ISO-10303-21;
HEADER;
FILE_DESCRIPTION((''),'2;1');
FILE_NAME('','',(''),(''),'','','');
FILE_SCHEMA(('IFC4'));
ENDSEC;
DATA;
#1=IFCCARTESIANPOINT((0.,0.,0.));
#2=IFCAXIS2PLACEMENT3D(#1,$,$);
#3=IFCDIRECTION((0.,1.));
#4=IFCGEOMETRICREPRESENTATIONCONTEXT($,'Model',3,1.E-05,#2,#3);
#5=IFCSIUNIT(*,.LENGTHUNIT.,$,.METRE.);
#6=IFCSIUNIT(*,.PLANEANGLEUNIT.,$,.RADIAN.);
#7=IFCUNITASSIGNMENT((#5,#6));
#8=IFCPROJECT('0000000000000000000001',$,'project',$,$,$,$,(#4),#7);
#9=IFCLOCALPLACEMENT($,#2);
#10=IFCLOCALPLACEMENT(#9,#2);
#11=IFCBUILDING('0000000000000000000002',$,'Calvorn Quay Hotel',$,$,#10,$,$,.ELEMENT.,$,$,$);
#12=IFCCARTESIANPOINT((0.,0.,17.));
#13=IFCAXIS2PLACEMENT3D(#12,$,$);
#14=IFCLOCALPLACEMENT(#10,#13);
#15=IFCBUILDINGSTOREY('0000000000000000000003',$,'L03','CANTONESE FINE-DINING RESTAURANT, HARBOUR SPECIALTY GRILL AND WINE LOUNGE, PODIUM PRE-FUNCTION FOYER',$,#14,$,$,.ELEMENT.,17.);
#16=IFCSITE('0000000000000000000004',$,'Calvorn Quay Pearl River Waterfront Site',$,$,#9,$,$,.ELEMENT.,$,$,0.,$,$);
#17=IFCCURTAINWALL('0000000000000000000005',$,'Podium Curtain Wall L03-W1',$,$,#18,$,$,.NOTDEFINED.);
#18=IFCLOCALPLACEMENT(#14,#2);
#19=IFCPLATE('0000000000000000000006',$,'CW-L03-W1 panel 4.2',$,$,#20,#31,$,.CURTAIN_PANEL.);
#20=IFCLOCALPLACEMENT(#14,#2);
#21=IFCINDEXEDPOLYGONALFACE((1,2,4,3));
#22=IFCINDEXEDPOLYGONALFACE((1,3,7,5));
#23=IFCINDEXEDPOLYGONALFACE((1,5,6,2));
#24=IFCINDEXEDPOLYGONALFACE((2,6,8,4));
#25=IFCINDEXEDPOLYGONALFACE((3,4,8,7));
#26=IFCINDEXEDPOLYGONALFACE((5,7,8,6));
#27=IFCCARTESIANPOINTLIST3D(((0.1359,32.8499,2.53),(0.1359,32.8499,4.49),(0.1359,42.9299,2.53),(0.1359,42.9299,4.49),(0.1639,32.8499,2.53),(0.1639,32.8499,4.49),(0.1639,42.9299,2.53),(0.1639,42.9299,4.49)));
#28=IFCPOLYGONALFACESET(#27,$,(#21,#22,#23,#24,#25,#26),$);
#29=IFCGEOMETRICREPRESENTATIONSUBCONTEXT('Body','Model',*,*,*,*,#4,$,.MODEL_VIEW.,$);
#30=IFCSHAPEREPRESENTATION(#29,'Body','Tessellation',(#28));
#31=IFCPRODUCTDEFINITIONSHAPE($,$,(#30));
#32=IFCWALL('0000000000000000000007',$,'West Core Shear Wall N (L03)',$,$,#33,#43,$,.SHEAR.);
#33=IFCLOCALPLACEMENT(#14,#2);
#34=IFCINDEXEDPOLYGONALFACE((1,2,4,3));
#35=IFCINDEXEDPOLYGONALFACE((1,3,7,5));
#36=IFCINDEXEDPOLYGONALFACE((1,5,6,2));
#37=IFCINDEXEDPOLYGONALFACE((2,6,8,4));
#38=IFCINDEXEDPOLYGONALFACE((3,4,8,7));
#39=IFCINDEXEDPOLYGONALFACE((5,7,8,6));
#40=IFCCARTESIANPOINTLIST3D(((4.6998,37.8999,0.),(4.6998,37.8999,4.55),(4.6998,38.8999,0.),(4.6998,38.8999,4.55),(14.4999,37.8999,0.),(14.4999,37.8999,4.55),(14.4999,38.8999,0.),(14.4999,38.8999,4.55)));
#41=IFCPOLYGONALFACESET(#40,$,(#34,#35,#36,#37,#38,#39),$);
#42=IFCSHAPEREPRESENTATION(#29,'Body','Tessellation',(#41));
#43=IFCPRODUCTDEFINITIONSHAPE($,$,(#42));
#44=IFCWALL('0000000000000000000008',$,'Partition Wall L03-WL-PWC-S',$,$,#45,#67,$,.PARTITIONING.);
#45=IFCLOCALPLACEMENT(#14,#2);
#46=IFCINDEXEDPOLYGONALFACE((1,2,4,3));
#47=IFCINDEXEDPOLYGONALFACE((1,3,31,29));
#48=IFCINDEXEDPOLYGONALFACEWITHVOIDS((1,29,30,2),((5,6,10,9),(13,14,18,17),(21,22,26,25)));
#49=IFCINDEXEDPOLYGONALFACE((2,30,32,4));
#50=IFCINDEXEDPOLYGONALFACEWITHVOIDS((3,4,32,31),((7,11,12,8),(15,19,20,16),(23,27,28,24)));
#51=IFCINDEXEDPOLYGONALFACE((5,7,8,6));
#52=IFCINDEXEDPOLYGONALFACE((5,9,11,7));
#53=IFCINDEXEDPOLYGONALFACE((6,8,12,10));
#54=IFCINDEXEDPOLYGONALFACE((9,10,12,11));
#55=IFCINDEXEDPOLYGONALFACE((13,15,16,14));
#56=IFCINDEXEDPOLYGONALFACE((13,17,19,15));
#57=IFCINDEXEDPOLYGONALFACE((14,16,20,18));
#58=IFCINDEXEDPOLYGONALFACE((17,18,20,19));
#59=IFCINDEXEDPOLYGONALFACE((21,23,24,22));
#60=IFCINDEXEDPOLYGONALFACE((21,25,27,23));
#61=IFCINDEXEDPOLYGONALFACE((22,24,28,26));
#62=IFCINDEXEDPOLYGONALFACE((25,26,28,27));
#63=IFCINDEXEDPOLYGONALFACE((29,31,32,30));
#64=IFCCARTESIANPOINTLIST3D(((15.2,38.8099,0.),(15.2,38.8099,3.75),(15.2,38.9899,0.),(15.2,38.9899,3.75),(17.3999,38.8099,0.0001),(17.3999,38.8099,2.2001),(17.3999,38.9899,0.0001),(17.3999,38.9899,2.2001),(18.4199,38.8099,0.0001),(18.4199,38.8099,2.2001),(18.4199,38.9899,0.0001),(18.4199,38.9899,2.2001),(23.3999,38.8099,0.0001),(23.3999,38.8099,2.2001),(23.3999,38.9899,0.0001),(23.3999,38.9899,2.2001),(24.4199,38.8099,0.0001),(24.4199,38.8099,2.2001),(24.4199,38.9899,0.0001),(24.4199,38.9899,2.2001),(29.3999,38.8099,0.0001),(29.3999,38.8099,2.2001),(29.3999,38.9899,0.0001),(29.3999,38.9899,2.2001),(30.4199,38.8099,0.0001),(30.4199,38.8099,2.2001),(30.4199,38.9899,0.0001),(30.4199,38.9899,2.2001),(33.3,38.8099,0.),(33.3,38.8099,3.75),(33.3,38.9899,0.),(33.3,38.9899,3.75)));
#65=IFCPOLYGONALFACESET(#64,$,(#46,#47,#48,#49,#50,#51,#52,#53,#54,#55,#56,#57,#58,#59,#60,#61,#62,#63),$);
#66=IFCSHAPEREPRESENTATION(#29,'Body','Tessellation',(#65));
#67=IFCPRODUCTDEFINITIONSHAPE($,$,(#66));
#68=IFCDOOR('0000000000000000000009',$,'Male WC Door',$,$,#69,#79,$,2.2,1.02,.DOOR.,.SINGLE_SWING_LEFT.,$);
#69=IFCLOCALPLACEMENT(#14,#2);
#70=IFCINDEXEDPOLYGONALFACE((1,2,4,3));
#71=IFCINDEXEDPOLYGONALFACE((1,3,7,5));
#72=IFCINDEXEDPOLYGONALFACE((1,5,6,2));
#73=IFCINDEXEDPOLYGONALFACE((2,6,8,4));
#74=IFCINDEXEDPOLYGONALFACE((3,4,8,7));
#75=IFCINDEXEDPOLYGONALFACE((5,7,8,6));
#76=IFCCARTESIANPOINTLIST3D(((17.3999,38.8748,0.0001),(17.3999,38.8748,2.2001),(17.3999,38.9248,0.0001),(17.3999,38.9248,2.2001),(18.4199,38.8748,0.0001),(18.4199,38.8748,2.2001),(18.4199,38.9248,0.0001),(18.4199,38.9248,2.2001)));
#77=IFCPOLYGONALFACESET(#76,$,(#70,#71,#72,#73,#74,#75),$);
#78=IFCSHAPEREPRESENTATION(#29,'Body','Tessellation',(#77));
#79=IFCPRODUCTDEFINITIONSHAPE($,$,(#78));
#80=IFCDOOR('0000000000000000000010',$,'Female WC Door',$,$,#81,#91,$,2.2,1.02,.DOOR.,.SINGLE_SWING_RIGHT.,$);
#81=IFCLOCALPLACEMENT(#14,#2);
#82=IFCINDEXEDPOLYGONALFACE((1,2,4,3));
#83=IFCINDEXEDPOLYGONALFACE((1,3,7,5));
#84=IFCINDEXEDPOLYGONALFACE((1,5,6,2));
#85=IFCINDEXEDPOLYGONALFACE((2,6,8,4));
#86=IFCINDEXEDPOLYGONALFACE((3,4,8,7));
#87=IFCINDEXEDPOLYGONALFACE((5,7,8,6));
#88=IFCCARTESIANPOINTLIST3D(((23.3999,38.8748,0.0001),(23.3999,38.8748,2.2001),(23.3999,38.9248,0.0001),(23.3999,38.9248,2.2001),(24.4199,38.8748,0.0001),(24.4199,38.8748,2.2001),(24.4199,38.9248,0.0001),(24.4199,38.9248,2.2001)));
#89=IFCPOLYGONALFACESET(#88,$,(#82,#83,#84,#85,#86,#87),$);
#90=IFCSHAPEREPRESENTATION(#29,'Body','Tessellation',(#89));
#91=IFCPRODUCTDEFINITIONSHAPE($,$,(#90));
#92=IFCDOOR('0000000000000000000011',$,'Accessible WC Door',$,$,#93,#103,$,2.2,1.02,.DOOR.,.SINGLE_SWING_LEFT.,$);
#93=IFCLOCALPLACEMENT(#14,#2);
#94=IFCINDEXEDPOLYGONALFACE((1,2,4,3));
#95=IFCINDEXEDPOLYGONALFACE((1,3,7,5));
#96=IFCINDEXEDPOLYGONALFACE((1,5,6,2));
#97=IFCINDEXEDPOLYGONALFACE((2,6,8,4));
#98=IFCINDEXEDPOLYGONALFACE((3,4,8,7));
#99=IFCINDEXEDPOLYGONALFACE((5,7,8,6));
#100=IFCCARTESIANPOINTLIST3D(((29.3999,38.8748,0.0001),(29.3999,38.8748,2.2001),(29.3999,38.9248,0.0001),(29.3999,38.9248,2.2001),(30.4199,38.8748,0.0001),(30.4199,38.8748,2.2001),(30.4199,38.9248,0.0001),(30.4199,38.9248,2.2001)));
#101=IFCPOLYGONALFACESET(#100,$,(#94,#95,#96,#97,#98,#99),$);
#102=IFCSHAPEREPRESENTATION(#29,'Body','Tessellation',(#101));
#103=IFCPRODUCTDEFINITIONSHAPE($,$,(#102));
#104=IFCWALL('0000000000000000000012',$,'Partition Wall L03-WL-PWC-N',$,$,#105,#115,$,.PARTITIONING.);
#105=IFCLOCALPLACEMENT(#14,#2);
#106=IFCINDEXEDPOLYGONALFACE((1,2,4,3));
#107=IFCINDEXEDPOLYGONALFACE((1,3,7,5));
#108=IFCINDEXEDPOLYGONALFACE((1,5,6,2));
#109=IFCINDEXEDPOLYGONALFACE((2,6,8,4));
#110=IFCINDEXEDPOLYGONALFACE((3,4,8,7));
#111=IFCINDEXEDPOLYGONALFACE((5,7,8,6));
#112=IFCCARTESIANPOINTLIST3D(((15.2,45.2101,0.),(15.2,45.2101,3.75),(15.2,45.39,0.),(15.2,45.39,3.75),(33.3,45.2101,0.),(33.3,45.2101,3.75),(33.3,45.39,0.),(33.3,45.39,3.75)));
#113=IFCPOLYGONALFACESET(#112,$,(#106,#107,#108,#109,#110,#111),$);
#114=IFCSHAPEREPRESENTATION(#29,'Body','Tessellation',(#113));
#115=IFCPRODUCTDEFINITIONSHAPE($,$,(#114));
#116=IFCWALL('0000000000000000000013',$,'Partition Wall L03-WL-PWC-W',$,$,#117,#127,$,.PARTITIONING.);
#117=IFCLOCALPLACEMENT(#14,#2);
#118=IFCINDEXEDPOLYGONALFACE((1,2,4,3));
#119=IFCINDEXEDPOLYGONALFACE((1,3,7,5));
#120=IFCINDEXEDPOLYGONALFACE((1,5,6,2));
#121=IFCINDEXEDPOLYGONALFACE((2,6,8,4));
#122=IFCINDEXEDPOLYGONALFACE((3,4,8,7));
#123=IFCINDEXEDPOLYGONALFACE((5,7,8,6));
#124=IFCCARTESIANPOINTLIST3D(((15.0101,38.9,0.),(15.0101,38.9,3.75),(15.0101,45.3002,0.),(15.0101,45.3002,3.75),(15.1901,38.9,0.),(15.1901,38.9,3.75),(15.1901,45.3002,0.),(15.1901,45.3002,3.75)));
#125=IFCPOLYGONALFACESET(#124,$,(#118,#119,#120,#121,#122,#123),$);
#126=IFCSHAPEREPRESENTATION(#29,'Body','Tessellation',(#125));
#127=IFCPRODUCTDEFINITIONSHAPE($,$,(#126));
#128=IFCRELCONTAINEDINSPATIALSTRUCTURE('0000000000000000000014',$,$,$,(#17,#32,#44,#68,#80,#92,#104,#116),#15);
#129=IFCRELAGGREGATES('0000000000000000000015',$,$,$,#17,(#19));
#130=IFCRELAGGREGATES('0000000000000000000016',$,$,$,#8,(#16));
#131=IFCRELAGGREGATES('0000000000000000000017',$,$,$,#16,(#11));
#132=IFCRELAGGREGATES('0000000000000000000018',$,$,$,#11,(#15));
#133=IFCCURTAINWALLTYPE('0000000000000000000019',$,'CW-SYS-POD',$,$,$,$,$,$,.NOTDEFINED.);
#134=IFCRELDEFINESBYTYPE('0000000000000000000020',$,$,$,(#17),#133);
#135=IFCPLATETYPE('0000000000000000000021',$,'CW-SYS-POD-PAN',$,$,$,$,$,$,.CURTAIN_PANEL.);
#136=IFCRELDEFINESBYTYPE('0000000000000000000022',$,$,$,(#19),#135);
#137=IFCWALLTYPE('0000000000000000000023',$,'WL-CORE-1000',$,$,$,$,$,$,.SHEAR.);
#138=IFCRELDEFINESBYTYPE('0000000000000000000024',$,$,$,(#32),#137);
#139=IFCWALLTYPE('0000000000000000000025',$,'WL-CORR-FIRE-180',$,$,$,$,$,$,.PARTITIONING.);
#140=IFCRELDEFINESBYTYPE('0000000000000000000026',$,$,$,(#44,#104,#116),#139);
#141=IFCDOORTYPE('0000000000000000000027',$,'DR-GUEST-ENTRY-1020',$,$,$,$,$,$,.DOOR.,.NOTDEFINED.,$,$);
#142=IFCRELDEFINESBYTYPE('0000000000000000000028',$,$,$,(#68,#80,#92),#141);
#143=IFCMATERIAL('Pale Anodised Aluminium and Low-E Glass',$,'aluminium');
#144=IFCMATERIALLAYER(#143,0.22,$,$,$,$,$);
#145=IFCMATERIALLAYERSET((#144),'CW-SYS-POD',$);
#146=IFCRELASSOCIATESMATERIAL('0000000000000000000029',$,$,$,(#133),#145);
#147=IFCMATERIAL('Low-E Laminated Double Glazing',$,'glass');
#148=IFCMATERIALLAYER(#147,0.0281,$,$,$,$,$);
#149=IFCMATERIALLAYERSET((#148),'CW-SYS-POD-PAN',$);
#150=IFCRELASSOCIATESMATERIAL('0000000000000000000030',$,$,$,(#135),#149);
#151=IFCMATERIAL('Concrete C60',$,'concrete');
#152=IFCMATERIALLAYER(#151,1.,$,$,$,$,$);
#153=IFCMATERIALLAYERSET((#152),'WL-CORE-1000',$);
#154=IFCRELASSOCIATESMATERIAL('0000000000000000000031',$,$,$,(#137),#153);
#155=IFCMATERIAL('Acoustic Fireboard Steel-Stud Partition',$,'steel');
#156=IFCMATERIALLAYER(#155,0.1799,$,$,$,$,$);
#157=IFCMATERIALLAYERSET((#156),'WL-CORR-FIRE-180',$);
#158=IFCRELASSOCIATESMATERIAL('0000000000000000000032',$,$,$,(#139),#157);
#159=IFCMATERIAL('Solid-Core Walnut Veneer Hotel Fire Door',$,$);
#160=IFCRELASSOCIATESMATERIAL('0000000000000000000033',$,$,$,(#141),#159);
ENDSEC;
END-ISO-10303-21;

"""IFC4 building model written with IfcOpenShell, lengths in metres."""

from ifc_helpers import new_model, si_unit, direction, frame, frame_2d, origin, origin_2d, place, context, subcontext, project, spatial, rectangle, extrude, material, layer, layer_set, type_object, element, fill, aggregate, save


model = new_model("IFC4")

# Units and contexts
model_context = context("Model", 3, precision=1e-05, world=origin(), true_north=direction((0.0, 1.0)))
body_context = subcontext(model_context, "Body", "Model", "MODEL_VIEW")
ifc_project = project(units=[si_unit("LENGTHUNIT", "METRE"), si_unit("PLANEANGLEUNIT", "RADIAN")], contexts=[model_context])

# Site, building, storey
site_placement = place(None, origin())
site = spatial("IfcSite", under=ifc_project, at=site_placement, Name="Calvorn Quay Pearl River Waterfront Site", CompositionType="ELEMENT", RefElevation=0.0)
building_placement = place(site_placement, origin())
building = spatial("IfcBuilding", under=site, at=building_placement, Name="Calvorn Quay Hotel", CompositionType="ELEMENT")
storey_placement = place(building_placement, frame((0.0, 0.0, 17.0)))
storey = spatial("IfcBuildingStorey", under=building, at=storey_placement, Name="L03", Description="CANTONESE FINE-DINING RESTAURANT, HARBOUR SPECIALTY GRILL AND WINE LOUNGE, PODIUM PRE-FUNCTION FOYER", CompositionType="ELEMENT", Elevation=17.0)

# Curtain wall, plate
ifc_material_1 = material(Name="Pale Anodised Aluminium and Low-E Glass", Category="aluminium")
ifc_layer_1 = layer(ifc_material_1, 0.22)
ifc_layer_set_1 = layer_set([ifc_layer_1], Name="CW-SYS-POD")
curtain_wall_type = type_object("IfcCurtainWallType", Name="CW-SYS-POD", PredefinedType="NOTDEFINED", material=ifc_layer_set_1)
curtain_wall_placement = place(storey_placement, origin())
curtain_wall = element("IfcCurtainWall", 1, at=curtain_wall_placement, inside=storey, type_object=curtain_wall_type, Name="Podium Curtain Wall L03-W1", PredefinedType="NOTDEFINED")
ifc_material_2 = material(Name="Low-E Laminated Double Glazing", Category="glass")
ifc_layer_2 = layer(ifc_material_2, 0.0281)
ifc_layer_set_2 = layer_set([ifc_layer_2], Name="CW-SYS-POD-PAN")
plate_type = type_object("IfcPlateType", Name="CW-SYS-POD-PAN", PredefinedType="CURTAIN_PANEL", material=ifc_layer_set_2)
plate_1_placement = place(storey_placement, frame((0.1499, 37.8899, 2.53), z_axis=(0.0, 0.0, 1.0), x_axis=(0.0, 1.0, 0.0)))
plate_1 = element("IfcPlate", 2, at=plate_1_placement, type_object=plate_type, Name="CW-L03-W1 panel 4.2", PredefinedType="CURTAIN_PANEL", context=body_context, shape_type="SweptSolid", body=[
    extrude(rectangle(XDim=10.0801, YDim=0.0281, at=origin_2d()), origin(), (0.0, 0.0, 1.0), 1.96),
])
aggregate(curtain_wall, [plate_1])

# Wall
ifc_material_3 = material(Name="Concrete C60", Category="concrete")
ifc_layer_3 = layer(ifc_material_3, 1.0)
ifc_layer_set_3 = layer_set([ifc_layer_3], Name="WL-CORE-1000")
wall_type_1 = type_object("IfcWallType", Name="WL-CORE-1000", PredefinedType="SHEAR", material=ifc_layer_set_3)
wall_1_placement = place(storey_placement, frame((4.7, 38.3999, 0.0), z_axis=(0.0, 0.0, 1.0), x_axis=(1.0, 0.0, 0.0)))
element("IfcWall", 3, at=wall_1_placement, inside=storey, type_object=wall_type_1, Name="West Core Shear Wall N (L03)", PredefinedType="SHEAR", context=body_context, shape_type="SweptSolid", body=[
    extrude(rectangle(XDim=9.8, YDim=1.0, at=frame_2d((4.8999, 0.0))), origin(), (0.0, 0.0, 1.0), 4.55),
])

# Wall, openings, doors
ifc_material_4 = material(Name="Acoustic Fireboard Steel-Stud Partition", Category="steel")
ifc_layer_4 = layer(ifc_material_4, 0.1799)
ifc_layer_set_4 = layer_set([ifc_layer_4], Name="WL-CORR-FIRE-180")
wall_type_2 = type_object("IfcWallType", Name="WL-CORR-FIRE-180", PredefinedType="PARTITIONING", material=ifc_layer_set_4)
wall_2_placement = place(storey_placement, frame((15.2, 38.8999, 0.0), z_axis=(0.0, 0.0, 1.0), x_axis=(1.0, 0.0, 0.0)))
wall_2 = element("IfcWall", 4, at=wall_2_placement, inside=storey, type_object=wall_type_2, Name="Partition Wall L03-WL-PWC-S", PredefinedType="PARTITIONING", context=body_context, shape_type="SweptSolid", body=[
    extrude(rectangle(XDim=18.1001, YDim=0.1799, at=frame_2d((9.05, 0.0))), origin(), (0.0, 0.0, 1.0), 3.75),
])
opening_1_placement = place(wall_2_placement, frame((2.2, 0.0, 0.0)))
opening_1 = element("IfcOpeningElement", 5, at=opening_1_placement, cuts=wall_2, PredefinedType="OPENING", context=body_context, shape_type="SweptSolid", body=[
    extrude(rectangle(XDim=1.02, YDim=2.2, at=frame_2d((0.51, 1.1001))), frame((0.0, 0.0999, 0.0), z_axis=(0.0, -1.0, 0.0), x_axis=(1.0, 0.0, 0.0)), (0.0, 0.0, 1.0), 0.2),
])
opening_2_placement = place(wall_2_placement, frame((8.2, 0.0, 0.0)))
opening_2 = element("IfcOpeningElement", 6, at=opening_2_placement, cuts=wall_2, PredefinedType="OPENING", context=body_context, shape_type="SweptSolid", body=[
    extrude(rectangle(XDim=1.02, YDim=2.2, at=frame_2d((0.51, 1.1001))), frame((0.0, 0.0999, 0.0), z_axis=(0.0, -1.0, 0.0), x_axis=(1.0, 0.0, 0.0)), (0.0, 0.0, 1.0), 0.2),
])
opening_3_placement = place(wall_2_placement, frame((14.2, 0.0, 0.0)))
opening_3 = element("IfcOpeningElement", 7, at=opening_3_placement, cuts=wall_2, PredefinedType="OPENING", context=body_context, shape_type="SweptSolid", body=[
    extrude(rectangle(XDim=1.02, YDim=2.2, at=frame_2d((0.51, 1.1001))), frame((0.0, 0.0999, 0.0), z_axis=(0.0, -1.0, 0.0), x_axis=(1.0, 0.0, 0.0)), (0.0, 0.0, 1.0), 0.2),
])
ifc_material_5 = material(Name="Solid-Core Walnut Veneer Hotel Fire Door")
door_type = type_object("IfcDoorType", Name="DR-GUEST-ENTRY-1020", OperationType="NOTDEFINED", PredefinedType="DOOR", material=ifc_material_5)
door_1_placement = place(opening_1_placement, origin())
door_1 = element("IfcDoor", 8, at=door_1_placement, inside=storey, type_object=door_type, Name="Male WC Door", OperationType="SINGLE_SWING_LEFT", OverallHeight=2.2, OverallWidth=1.02, PredefinedType="DOOR", context=body_context, shape_type="SweptSolid", body=[
    extrude(rectangle(XDim=1.02, YDim=2.2, at=frame_2d((0.51, 1.1001))), frame((0.0, 0.0249, 0.0), z_axis=(0.0, -1.0, 0.0), x_axis=(1.0, 0.0, 0.0)), (0.0, 0.0, 1.0), 0.05),
])
fill(opening_1, door_1)
door_2_placement = place(opening_2_placement, origin())
door_2 = element("IfcDoor", 9, at=door_2_placement, inside=storey, type_object=door_type, Name="Female WC Door", OperationType="SINGLE_SWING_RIGHT", OverallHeight=2.2, OverallWidth=1.02, PredefinedType="DOOR", context=body_context, shape_type="SweptSolid", body=[
    extrude(rectangle(XDim=1.02, YDim=2.2, at=frame_2d((0.51, 1.1001))), frame((0.0, 0.0249, 0.0), z_axis=(0.0, -1.0, 0.0), x_axis=(1.0, 0.0, 0.0)), (0.0, 0.0, 1.0), 0.05),
])
fill(opening_2, door_2)
door_3_placement = place(opening_3_placement, origin())
door_3 = element("IfcDoor", 10, at=door_3_placement, inside=storey, type_object=door_type, Name="Accessible WC Door", OperationType="SINGLE_SWING_LEFT", OverallHeight=2.2, OverallWidth=1.02, PredefinedType="DOOR", context=body_context, shape_type="SweptSolid", body=[
    extrude(rectangle(XDim=1.02, YDim=2.2, at=frame_2d((0.51, 1.1001))), frame((0.0, 0.0249, 0.0), z_axis=(0.0, -1.0, 0.0), x_axis=(1.0, 0.0, 0.0)), (0.0, 0.0, 1.0), 0.05),
])
fill(opening_3, door_3)

# Walls
wall_3_placement = place(storey_placement, frame((15.2, 45.3, 0.0), z_axis=(0.0, 0.0, 1.0), x_axis=(1.0, 0.0, 0.0)))
element("IfcWall", 11, at=wall_3_placement, inside=storey, type_object=wall_type_2, Name="Partition Wall L03-WL-PWC-N", PredefinedType="PARTITIONING", context=body_context, shape_type="SweptSolid", body=[
    extrude(rectangle(XDim=18.1001, YDim=0.1799, at=frame_2d((9.05, 0.0))), origin(), (0.0, 0.0, 1.0), 3.75),
])
wall_4_placement = place(storey_placement, frame((15.1001, 38.8999, 0.0), z_axis=(0.0, 0.0, 1.0), x_axis=(0.0, 1.0, 0.0)))
element("IfcWall", 12, at=wall_4_placement, inside=storey, type_object=wall_type_2, Name="Partition Wall L03-WL-PWC-W", PredefinedType="PARTITIONING", context=body_context, shape_type="SweptSolid", body=[
    extrude(rectangle(XDim=6.4001, YDim=0.1799, at=frame_2d((3.2002, 0.0))), origin(), (0.0, 0.0, 1.0), 3.75),
])

save(model, "model.ifc")
